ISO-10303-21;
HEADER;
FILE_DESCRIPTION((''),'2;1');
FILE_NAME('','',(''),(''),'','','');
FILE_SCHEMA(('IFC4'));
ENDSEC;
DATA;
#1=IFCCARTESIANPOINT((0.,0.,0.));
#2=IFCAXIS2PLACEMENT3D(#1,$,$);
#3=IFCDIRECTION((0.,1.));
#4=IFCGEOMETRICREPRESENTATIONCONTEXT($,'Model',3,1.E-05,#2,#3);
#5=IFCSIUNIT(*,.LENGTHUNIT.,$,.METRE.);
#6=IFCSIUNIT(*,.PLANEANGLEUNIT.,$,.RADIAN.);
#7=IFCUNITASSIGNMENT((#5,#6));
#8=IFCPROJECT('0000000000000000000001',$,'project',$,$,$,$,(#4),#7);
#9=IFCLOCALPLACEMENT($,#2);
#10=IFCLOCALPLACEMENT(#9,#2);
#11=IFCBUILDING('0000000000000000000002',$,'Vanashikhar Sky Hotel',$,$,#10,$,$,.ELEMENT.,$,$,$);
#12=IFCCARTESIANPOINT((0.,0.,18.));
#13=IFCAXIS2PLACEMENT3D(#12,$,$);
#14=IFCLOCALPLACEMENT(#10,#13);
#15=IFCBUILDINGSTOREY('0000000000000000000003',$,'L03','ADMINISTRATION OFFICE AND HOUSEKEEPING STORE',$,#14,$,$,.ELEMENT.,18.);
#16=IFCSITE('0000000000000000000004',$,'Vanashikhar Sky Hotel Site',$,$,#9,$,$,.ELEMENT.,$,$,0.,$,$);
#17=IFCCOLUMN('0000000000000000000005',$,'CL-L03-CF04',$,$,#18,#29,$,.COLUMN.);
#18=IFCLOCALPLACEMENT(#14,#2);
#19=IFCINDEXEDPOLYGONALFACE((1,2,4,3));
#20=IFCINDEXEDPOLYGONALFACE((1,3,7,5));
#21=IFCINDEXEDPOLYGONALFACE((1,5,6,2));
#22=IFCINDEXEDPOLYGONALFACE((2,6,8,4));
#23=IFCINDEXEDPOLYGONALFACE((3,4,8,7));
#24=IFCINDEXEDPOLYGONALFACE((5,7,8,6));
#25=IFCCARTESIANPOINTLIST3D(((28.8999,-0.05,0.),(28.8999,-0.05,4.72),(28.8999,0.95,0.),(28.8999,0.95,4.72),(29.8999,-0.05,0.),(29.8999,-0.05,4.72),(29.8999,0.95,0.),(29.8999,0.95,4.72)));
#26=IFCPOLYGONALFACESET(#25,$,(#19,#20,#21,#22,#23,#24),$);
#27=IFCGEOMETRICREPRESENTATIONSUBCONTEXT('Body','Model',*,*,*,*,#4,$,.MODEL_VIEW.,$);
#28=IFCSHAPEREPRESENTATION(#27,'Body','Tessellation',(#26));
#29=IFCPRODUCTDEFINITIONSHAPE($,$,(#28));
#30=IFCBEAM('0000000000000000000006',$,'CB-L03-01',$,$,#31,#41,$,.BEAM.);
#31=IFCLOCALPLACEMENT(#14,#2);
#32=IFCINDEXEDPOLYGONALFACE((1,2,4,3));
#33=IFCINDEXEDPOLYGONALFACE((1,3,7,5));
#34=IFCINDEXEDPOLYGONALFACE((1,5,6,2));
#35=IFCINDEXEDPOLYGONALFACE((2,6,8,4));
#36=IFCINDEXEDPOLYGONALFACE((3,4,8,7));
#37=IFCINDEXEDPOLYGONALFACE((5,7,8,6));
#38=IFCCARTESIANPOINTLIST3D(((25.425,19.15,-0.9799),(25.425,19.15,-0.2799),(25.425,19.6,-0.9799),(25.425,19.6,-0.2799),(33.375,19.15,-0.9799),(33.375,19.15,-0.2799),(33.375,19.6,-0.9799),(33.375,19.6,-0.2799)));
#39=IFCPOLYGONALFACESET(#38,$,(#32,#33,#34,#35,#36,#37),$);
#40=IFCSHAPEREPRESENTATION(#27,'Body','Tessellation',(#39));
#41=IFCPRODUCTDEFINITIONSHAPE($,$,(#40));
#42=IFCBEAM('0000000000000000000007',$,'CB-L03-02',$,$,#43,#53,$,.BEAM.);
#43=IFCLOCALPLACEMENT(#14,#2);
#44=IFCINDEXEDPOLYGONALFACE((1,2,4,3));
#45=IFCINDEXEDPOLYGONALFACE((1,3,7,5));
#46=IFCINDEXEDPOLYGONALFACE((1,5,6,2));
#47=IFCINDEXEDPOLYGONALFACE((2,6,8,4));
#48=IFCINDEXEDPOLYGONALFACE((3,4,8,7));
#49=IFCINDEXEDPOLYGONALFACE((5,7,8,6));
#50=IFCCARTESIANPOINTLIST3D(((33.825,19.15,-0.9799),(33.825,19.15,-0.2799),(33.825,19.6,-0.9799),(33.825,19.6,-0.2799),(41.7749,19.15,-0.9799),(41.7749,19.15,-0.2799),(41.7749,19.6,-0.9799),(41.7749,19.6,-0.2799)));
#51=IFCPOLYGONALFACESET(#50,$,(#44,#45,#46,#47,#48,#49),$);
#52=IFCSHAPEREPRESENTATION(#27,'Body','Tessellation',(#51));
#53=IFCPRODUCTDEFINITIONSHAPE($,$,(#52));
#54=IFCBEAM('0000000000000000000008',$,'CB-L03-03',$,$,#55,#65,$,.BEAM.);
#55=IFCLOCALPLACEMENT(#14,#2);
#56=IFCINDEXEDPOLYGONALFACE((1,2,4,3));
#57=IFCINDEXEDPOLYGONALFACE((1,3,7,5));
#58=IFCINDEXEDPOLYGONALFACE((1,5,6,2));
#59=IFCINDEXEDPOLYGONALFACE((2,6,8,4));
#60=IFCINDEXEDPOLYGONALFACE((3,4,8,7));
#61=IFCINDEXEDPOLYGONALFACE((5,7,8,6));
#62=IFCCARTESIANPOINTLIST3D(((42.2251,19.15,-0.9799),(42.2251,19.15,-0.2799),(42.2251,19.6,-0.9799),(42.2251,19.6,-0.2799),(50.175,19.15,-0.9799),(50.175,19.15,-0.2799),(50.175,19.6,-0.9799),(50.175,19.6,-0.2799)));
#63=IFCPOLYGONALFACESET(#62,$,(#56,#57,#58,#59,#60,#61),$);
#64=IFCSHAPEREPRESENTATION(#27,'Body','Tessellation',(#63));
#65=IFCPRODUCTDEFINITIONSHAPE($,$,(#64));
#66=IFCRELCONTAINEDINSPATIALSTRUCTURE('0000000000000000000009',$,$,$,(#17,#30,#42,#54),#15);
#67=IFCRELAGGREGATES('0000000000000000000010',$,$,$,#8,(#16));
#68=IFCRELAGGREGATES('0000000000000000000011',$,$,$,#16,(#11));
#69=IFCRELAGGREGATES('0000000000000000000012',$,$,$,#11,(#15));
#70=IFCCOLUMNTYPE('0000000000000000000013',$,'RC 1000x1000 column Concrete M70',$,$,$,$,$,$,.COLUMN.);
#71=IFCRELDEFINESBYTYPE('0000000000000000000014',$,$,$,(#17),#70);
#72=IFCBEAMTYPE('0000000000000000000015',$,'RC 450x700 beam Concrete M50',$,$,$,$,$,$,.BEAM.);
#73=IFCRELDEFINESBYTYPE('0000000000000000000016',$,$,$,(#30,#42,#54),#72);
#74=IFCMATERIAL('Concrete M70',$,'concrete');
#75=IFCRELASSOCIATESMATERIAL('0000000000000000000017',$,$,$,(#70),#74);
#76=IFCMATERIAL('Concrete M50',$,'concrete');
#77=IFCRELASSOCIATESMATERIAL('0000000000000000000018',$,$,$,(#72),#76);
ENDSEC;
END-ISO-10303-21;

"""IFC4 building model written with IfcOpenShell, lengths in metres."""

from ifc_helpers import new_model, si_unit, direction, frame, origin, origin_2d, place, context, subcontext, project, spatial, rectangle, extrude, source, transform, mapped, material, material_profile, profile_set, type_object, element, save


model = new_model("IFC4")

# Units and contexts
model_context = context("Model", 3, precision=1e-05, world=origin(), true_north=direction((0.0, 1.0)))
body_context = subcontext(model_context, "Body", "Model", "MODEL_VIEW")
ifc_project = project(units=[si_unit("LENGTHUNIT", "METRE"), si_unit("PLANEANGLEUNIT", "RADIAN")], contexts=[model_context])

# Site, building, storey
site_placement = place(None, origin())
site = spatial("IfcSite", under=ifc_project, at=site_placement, Name="Vanashikhar Sky Hotel Site", CompositionType="ELEMENT", RefElevation=0.0)
building_placement = place(site_placement, origin())
building = spatial("IfcBuilding", under=site, at=building_placement, Name="Vanashikhar Sky Hotel", CompositionType="ELEMENT")
storey_placement = place(building_placement, frame((0.0, 0.0, 18.0)))
storey = spatial("IfcBuildingStorey", under=building, at=storey_placement, Name="L03", Description="ADMINISTRATION OFFICE AND HOUSEKEEPING STORE", CompositionType="ELEMENT", Elevation=18.0)

# Column
ifc_material_1 = material(Name="Concrete M70", Category="concrete")
ifc_material_profile_1 = material_profile(ifc_material_1, rectangle(XDim=1.0, YDim=1.0, at=origin_2d()))
ifc_profile_set_1 = profile_set([ifc_material_profile_1], Name="RC 1000x1000 column Concrete M70")
column_type = type_object("IfcColumnType", Name="RC 1000x1000 column Concrete M70", PredefinedType="COLUMN", material=ifc_profile_set_1)
shared_shape_1 = source(origin(), body_context, "Body", "SweptSolid", [
    extrude(rectangle(XDim=1.0, YDim=1.0, at=origin_2d()), origin(), (0.0, 0.0, 1.0), 4.72),
])
column_placement = place(storey_placement, frame((29.3999, 0.45, 0.0), z_axis=(0.0, 0.0, 1.0), x_axis=(1.0, 0.0, 0.0)))
element("IfcColumn", 1, at=column_placement, inside=storey, type_object=column_type, Name="CL-L03-CF04", PredefinedType="COLUMN", context=body_context, shape_type="MappedRepresentation", body=[
    mapped(shared_shape_1, transform((0.0, 0.0, 0.0), scale=1.0)),
])

# Beams
ifc_material_2 = material(Name="Concrete M50", Category="concrete")
ifc_material_profile_2 = material_profile(ifc_material_2, rectangle(XDim=0.45, YDim=0.7, at=origin_2d()))
ifc_profile_set_2 = profile_set([ifc_material_profile_2], Name="RC 450x700 beam Concrete M50")
beam_type = type_object("IfcBeamType", Name="RC 450x700 beam Concrete M50", PredefinedType="BEAM", material=ifc_profile_set_2)
shared_shape_2 = source(origin(), body_context, "Body", "SweptSolid", [
    extrude(rectangle(XDim=0.45, YDim=0.7, at=origin_2d()), origin(), (0.0, 0.0, 1.0), 7.95),
])
for number, where, z_axis, x_axis, name in (
    (2, (25.425, 19.375, -0.6299), (1.0, 0.0, 0.0), (0.0, 1.0, 0.0), "CB-L03-01"),
    (3, (33.825, 19.375, -0.6299), (1.0, 0.0, 0.0), (0.0, 1.0, 0.0), "CB-L03-02"),
    (4, (42.2251, 19.375, -0.6299), (1.0, 0.0, 0.0), (0.0, 1.0, 0.0), "CB-L03-03"),
):
    element("IfcBeam", number, at=place(storey_placement, frame(where, z_axis=z_axis, x_axis=x_axis)), inside=storey, type_object=beam_type, Name=name, PredefinedType="BEAM", context=body_context, shape_type="MappedRepresentation", body=[
        mapped(shared_shape_2, transform((0.0, 0.0, 0.0), scale=1.0)),
    ])

save(model, "model.ifc")
